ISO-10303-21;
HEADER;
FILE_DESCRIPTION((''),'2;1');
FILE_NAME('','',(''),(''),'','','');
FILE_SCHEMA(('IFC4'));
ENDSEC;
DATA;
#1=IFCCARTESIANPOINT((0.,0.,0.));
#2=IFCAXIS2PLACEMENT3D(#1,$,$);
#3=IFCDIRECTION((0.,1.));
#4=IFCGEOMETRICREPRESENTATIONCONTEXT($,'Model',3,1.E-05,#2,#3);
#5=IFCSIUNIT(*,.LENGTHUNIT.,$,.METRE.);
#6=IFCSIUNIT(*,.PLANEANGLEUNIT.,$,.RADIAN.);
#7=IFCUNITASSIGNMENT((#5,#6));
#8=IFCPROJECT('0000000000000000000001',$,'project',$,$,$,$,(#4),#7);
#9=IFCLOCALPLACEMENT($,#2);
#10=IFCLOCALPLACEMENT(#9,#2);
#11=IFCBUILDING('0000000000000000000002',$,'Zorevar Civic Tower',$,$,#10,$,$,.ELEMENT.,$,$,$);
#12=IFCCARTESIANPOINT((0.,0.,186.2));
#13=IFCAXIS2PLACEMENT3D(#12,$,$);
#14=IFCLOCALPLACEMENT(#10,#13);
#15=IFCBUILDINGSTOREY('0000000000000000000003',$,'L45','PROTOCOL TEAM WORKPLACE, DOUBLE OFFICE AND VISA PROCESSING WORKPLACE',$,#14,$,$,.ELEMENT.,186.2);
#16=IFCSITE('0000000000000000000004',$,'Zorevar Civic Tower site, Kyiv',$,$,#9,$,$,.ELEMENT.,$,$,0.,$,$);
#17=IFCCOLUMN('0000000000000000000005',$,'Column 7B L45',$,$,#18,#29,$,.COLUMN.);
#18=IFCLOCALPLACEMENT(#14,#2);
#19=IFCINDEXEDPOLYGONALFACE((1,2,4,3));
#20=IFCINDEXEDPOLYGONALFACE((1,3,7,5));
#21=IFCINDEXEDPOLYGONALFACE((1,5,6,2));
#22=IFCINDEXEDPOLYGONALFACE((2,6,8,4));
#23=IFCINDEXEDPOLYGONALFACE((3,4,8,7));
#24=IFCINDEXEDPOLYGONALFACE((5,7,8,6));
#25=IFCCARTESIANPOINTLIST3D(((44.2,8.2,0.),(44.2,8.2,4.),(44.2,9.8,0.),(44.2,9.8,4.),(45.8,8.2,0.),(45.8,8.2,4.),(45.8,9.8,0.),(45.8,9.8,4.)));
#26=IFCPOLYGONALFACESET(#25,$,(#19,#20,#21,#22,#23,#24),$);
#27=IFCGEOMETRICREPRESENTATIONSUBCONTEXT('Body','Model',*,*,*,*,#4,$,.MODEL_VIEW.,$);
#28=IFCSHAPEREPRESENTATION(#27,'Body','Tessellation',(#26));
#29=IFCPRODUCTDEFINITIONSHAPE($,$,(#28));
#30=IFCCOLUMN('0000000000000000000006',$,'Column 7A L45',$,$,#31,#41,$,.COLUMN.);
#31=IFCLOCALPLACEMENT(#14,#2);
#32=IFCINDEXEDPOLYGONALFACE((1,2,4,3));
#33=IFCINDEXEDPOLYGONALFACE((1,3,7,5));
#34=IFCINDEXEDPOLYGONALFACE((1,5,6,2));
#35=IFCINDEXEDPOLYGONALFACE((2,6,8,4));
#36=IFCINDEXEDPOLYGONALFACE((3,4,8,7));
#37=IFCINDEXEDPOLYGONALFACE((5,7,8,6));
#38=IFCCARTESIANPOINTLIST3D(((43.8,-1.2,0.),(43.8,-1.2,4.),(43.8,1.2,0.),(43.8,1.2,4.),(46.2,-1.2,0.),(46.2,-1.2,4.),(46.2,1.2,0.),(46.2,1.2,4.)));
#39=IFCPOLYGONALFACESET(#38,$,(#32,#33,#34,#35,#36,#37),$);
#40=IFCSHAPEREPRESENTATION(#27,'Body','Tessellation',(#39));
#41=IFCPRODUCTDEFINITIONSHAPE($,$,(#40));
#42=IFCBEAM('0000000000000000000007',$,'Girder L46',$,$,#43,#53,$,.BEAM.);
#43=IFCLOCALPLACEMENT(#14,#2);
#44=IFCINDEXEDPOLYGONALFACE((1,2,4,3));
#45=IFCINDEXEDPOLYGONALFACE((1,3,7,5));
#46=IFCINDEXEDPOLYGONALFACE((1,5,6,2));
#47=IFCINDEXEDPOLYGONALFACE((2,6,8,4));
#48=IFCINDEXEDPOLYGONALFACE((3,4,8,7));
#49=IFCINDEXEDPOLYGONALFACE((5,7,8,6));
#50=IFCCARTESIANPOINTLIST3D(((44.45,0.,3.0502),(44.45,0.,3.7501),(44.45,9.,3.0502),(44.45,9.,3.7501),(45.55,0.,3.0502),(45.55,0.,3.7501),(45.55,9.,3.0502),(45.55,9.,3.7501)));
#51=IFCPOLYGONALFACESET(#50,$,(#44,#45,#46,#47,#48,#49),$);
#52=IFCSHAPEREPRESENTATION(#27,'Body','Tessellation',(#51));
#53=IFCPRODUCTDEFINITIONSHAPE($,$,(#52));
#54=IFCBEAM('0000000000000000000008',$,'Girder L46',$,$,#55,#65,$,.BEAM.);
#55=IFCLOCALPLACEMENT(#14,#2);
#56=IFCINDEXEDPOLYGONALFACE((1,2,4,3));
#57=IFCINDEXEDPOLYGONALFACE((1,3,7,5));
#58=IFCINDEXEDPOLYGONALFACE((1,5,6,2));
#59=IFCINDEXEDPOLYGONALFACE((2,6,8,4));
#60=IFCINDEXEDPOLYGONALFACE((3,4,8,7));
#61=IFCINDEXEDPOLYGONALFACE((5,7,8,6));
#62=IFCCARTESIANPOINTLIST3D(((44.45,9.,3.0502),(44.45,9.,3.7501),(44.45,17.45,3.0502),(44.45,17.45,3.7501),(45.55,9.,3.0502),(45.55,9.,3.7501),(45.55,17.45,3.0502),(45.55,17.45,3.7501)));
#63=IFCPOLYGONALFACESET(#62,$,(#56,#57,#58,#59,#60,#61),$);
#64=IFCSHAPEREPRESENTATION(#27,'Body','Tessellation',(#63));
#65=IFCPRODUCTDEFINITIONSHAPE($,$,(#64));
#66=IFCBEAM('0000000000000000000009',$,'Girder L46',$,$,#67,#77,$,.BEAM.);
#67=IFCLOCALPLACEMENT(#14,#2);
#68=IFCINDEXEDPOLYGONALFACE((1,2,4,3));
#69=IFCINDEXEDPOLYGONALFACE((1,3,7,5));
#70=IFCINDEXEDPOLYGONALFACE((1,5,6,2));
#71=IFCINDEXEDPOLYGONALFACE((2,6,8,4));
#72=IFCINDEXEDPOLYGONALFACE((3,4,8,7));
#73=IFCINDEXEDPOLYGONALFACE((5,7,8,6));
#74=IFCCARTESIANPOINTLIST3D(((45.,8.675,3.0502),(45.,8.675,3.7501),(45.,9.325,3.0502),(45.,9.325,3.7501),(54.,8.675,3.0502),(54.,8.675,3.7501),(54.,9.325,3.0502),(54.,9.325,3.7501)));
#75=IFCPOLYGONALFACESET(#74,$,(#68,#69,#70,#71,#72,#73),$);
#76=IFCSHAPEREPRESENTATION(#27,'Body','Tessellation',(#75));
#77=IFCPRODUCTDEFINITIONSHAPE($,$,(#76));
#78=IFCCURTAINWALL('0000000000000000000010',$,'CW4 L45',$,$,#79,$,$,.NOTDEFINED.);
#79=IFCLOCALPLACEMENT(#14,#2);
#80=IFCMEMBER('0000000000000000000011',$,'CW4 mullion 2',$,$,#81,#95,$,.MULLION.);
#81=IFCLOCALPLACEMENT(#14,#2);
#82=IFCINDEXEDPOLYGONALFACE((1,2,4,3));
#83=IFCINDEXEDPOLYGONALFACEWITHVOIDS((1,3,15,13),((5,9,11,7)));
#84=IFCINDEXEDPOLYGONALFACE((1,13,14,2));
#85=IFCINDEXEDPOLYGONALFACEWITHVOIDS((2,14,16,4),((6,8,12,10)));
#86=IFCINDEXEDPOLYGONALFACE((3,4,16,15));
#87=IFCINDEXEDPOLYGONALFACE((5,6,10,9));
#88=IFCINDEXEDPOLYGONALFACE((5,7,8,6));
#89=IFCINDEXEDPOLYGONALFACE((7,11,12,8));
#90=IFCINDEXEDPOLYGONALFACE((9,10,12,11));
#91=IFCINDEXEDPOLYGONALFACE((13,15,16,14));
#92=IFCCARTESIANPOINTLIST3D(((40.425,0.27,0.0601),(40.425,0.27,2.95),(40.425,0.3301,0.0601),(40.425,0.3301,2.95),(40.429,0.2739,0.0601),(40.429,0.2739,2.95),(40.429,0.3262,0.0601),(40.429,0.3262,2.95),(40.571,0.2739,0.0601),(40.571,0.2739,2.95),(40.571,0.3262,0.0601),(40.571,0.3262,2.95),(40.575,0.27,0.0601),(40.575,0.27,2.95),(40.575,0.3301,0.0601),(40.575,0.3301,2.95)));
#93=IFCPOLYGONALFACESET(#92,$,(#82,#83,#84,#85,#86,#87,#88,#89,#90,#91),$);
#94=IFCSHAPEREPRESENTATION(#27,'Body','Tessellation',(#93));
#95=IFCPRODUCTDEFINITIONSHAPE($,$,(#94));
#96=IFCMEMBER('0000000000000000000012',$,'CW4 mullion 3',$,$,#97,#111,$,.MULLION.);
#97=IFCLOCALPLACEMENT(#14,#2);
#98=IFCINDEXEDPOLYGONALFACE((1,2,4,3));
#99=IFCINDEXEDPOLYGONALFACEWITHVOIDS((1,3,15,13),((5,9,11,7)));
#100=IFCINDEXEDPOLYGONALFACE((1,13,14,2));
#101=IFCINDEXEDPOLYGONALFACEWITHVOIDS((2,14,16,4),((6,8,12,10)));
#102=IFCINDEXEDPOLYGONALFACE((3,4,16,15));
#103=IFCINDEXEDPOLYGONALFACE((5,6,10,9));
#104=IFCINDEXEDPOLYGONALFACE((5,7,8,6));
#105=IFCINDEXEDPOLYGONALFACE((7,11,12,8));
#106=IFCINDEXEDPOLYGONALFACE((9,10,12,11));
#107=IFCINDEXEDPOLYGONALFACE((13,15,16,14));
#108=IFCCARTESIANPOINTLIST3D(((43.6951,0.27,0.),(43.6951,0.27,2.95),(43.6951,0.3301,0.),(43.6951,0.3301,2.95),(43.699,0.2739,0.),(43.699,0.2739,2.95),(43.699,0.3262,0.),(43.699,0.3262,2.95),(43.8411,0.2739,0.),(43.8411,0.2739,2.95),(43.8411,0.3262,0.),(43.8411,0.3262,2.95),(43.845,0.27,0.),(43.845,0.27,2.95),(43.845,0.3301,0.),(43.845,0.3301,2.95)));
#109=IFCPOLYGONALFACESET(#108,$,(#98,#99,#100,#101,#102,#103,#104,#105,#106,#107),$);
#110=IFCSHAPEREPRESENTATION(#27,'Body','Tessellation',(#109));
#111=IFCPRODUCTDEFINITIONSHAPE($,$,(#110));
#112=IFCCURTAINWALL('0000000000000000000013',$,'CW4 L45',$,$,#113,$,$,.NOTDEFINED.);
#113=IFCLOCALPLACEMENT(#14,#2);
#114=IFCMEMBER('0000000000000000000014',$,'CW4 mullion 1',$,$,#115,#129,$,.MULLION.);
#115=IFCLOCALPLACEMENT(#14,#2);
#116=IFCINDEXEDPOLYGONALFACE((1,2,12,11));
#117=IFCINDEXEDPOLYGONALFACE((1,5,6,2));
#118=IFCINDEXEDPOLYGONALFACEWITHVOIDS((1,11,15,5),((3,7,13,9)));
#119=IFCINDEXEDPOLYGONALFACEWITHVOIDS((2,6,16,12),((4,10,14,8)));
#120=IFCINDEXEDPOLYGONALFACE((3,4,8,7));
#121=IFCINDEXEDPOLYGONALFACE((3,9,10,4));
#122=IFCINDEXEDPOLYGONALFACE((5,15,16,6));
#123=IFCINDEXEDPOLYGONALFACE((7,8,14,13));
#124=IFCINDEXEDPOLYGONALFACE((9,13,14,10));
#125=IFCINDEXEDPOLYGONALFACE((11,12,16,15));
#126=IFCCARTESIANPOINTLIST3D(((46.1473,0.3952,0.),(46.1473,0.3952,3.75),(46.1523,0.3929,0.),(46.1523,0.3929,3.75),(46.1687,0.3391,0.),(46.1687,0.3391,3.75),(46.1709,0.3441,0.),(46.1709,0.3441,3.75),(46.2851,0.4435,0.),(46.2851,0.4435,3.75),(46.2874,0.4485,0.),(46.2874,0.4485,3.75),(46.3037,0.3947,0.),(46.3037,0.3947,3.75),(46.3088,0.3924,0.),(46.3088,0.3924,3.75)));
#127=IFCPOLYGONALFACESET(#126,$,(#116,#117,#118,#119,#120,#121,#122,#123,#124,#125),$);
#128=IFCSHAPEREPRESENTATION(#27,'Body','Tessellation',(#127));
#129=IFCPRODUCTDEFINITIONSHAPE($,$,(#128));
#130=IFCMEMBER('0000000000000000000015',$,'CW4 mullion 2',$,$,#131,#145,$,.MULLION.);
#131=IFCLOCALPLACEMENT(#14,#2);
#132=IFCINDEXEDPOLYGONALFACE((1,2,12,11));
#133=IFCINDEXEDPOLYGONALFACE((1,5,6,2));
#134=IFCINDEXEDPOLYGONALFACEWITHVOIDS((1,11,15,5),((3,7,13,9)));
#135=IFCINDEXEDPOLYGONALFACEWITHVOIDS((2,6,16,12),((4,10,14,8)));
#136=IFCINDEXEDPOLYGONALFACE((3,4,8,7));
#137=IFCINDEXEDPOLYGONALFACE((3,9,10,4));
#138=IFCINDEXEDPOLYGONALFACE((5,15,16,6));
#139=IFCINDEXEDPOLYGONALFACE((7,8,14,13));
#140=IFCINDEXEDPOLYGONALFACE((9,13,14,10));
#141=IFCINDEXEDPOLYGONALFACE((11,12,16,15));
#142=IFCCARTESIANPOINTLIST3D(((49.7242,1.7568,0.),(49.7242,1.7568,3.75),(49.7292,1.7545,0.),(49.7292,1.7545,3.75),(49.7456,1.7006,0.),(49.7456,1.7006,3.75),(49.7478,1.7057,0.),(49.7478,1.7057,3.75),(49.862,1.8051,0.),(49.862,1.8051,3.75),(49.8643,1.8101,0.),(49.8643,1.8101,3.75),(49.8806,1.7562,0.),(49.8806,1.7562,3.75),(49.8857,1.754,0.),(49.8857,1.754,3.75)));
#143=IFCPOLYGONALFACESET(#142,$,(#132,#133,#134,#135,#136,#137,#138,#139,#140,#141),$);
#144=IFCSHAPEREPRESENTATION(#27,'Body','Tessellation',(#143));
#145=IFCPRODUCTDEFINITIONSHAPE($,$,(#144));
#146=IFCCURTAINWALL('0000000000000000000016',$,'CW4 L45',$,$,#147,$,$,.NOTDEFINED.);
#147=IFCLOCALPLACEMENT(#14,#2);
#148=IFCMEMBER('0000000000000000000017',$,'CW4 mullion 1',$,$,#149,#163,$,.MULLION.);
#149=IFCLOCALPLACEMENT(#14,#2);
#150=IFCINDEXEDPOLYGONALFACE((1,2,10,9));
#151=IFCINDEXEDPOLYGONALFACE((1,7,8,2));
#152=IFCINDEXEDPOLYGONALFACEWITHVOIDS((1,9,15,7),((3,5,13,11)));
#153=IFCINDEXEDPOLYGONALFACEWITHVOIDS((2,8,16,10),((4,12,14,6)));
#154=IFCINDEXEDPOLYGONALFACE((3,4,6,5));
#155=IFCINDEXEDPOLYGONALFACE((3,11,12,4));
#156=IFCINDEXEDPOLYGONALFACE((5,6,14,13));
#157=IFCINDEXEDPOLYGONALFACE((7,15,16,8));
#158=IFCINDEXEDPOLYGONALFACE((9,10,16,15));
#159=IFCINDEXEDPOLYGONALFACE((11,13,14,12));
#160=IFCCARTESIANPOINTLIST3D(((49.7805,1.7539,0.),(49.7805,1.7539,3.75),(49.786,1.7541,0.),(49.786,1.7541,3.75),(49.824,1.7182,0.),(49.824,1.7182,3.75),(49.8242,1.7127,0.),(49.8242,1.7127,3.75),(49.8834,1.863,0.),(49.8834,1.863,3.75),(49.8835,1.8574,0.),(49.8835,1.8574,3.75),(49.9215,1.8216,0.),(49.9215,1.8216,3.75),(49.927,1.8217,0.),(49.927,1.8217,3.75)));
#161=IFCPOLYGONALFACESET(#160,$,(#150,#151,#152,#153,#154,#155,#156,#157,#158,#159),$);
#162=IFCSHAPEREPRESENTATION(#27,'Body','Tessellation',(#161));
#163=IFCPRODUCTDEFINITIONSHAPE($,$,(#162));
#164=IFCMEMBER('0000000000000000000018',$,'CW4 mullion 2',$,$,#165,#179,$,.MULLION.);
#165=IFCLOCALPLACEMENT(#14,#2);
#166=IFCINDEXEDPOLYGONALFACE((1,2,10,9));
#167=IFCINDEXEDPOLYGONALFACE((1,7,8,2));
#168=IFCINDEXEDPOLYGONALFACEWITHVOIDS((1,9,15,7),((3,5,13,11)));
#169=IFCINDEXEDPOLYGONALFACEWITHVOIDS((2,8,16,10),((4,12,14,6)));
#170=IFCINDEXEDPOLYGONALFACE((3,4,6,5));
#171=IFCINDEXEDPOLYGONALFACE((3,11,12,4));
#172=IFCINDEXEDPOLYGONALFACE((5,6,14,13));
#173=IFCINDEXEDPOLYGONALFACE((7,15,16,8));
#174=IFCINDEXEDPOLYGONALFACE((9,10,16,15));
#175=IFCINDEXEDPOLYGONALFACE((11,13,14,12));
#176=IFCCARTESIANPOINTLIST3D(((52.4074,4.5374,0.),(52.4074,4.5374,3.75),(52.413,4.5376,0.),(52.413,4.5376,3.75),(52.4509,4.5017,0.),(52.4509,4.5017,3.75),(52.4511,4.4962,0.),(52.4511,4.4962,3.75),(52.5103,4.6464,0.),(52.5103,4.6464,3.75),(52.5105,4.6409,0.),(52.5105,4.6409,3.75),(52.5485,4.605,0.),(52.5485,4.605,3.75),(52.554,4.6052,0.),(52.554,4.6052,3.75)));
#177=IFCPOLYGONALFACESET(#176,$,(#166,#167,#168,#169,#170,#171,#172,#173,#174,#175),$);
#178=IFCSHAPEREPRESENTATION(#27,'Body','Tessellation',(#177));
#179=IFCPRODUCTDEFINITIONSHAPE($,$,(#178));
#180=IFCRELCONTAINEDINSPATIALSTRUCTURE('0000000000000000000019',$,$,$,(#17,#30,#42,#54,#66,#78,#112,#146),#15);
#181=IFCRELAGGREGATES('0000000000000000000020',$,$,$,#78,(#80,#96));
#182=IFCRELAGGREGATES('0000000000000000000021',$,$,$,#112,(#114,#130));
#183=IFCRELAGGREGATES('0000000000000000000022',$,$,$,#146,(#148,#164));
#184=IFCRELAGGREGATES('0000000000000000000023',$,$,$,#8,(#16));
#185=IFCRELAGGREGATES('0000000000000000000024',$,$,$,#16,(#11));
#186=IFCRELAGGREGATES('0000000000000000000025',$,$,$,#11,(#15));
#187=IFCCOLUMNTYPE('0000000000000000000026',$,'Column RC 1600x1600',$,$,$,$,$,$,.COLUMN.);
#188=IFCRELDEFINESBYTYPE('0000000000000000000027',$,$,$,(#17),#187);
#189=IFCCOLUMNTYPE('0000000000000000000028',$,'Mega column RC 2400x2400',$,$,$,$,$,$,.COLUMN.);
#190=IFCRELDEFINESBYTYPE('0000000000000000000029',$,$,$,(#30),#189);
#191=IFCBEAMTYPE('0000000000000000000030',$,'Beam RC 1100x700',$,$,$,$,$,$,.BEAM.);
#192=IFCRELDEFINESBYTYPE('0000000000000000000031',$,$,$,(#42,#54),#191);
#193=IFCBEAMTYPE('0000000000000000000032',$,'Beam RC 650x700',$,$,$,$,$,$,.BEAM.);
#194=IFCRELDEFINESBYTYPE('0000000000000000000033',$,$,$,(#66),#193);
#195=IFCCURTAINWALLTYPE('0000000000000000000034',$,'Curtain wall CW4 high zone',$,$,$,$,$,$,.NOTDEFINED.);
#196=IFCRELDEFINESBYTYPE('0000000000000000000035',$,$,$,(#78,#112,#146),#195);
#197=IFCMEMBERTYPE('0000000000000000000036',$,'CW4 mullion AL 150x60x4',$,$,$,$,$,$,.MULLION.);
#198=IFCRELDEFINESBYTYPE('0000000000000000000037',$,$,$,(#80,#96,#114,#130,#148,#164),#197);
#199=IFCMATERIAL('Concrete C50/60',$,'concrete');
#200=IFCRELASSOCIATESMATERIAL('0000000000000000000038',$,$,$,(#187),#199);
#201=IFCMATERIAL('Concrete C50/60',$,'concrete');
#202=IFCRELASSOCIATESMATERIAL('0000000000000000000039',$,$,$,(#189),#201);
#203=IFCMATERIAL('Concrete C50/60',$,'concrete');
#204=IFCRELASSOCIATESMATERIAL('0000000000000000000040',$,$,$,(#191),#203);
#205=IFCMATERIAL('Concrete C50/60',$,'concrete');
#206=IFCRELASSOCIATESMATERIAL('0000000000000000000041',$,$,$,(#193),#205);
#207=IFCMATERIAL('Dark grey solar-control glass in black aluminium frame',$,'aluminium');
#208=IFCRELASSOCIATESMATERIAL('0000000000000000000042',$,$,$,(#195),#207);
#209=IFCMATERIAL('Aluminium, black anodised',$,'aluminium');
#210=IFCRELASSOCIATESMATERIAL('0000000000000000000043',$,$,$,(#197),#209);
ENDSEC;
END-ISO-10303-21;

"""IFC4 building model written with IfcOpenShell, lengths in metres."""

from ifc_helpers import new_model, si_unit, direction, frame, origin, origin_2d, place, context, subcontext, project, spatial, rectangle, hollow_rectangle, extrude, material, material_profile, profile_set, type_object, element, aggregate, save


model = new_model("IFC4")

# Units and contexts
model_context = context("Model", 3, precision=1e-05, world=origin(), true_north=direction((0.0, 1.0)))
body_context = subcontext(model_context, "Body", "Model", "MODEL_VIEW")
ifc_project = project(units=[si_unit("LENGTHUNIT", "METRE"), si_unit("PLANEANGLEUNIT", "RADIAN")], contexts=[model_context])

# Site, building, storey
site_placement = place(None, origin())
site = spatial("IfcSite", under=ifc_project, at=site_placement, Name="Zorevar Civic Tower site, Kyiv", CompositionType="ELEMENT", RefElevation=0.0)
building_placement = place(site_placement, origin())
building = spatial("IfcBuilding", under=site, at=building_placement, Name="Zorevar Civic Tower", CompositionType="ELEMENT")
storey_placement = place(building_placement, frame((0.0, 0.0, 186.2)))
storey = spatial("IfcBuildingStorey", under=building, at=storey_placement, Name="L45", Description="PROTOCOL TEAM WORKPLACE, DOUBLE OFFICE AND VISA PROCESSING WORKPLACE", CompositionType="ELEMENT", Elevation=186.2)

# Columns
ifc_material_1 = material(Name="Concrete C50/60", Category="concrete")
ifc_material_profile_1 = material_profile(ifc_material_1, rectangle(XDim=1.6001, YDim=1.6001, at=origin_2d()), Name="RC 1600x1600")
ifc_profile_set_1 = profile_set([ifc_material_profile_1], Name="Concrete C50/60")
column_type_1 = type_object("IfcColumnType", Name="Column RC 1600x1600", PredefinedType="COLUMN", material=ifc_profile_set_1)
column_1_placement = place(storey_placement, frame((45.0, 9.0, 0.0), z_axis=(0.0, 0.0, 1.0), x_axis=(1.0, 0.0, 0.0)))
element("IfcColumn", 1, at=column_1_placement, inside=storey, type_object=column_type_1, Name="Column 7B L45", PredefinedType="COLUMN", context=body_context, shape_type="SweptSolid", body=[
    extrude(rectangle(XDim=1.6001, YDim=1.6001, at=origin_2d()), origin(), (0.0, 0.0, 1.0), 4.0),
])
ifc_material_2 = material(Name="Concrete C50/60", Category="concrete")
ifc_material_profile_2 = material_profile(ifc_material_2, rectangle(XDim=2.3999, YDim=2.3999, at=origin_2d()), Name="RC 2400x2400")
ifc_profile_set_2 = profile_set([ifc_material_profile_2], Name="Concrete C50/60")
column_type_2 = type_object("IfcColumnType", Name="Mega column RC 2400x2400", PredefinedType="COLUMN", material=ifc_profile_set_2)
column_2_placement = place(storey_placement, frame((45.0, 0.0, 0.0), z_axis=(0.0, 0.0, 1.0), x_axis=(1.0, 0.0, 0.0)))
element("IfcColumn", 2, at=column_2_placement, inside=storey, type_object=column_type_2, Name="Column 7A L45", PredefinedType="COLUMN", context=body_context, shape_type="SweptSolid", body=[
    extrude(rectangle(XDim=2.3999, YDim=2.3999, at=origin_2d()), origin(), (0.0, 0.0, 1.0), 4.0),
])

# Beams
ifc_material_3 = material(Name="Concrete C50/60", Category="concrete")
ifc_material_profile_3 = material_profile(ifc_material_3, rectangle(XDim=1.1001, YDim=0.7, at=origin_2d()), Name="RC 1100x700")
ifc_profile_set_3 = profile_set([ifc_material_profile_3], Name="Concrete C50/60")
beam_type_1 = type_object("IfcBeamType", Name="Beam RC 1100x700", PredefinedType="BEAM", material=ifc_profile_set_3)
beam_1_placement = place(storey_placement, frame((45.0, 0.0, 3.4001), z_axis=(0.0, 1.0, 0.0), x_axis=(-1.0, 0.0, 0.0)))
element("IfcBeam", 3, at=beam_1_placement, inside=storey, type_object=beam_type_1, Name="Girder L46", PredefinedType="BEAM", context=body_context, shape_type="SweptSolid", body=[
    extrude(rectangle(XDim=1.1001, YDim=0.7, at=origin_2d()), origin(), (0.0, 0.0, 1.0), 9.0),
])
beam_2_placement = place(storey_placement, frame((45.0, 9.0, 3.4001), z_axis=(0.0, 1.0, 0.0), x_axis=(-1.0, 0.0, 0.0)))
element("IfcBeam", 4, at=beam_2_placement, inside=storey, type_object=beam_type_1, Name="Girder L46", PredefinedType="BEAM", context=body_context, shape_type="SweptSolid", body=[
    extrude(rectangle(XDim=1.1001, YDim=0.7, at=origin_2d()), origin(), (0.0, 0.0, 1.0), 8.45),
])
ifc_material_4 = material(Name="Concrete C50/60", Category="concrete")
ifc_material_profile_4 = material_profile(ifc_material_4, rectangle(XDim=0.6499, YDim=0.7, at=origin_2d()), Name="RC 650x700")
ifc_profile_set_4 = profile_set([ifc_material_profile_4], Name="Concrete C50/60")
beam_type_2 = type_object("IfcBeamType", Name="Beam RC 650x700", PredefinedType="BEAM", material=ifc_profile_set_4)
beam_3_placement = place(storey_placement, frame((45.0, 9.0, 3.4001), z_axis=(1.0, 0.0, 0.0), x_axis=(0.0, 1.0, 0.0)))
element("IfcBeam", 5, at=beam_3_placement, inside=storey, type_object=beam_type_2, Name="Girder L46", PredefinedType="BEAM", context=body_context, shape_type="SweptSolid", body=[
    extrude(rectangle(XDim=0.6499, YDim=0.7, at=origin_2d()), origin(), (0.0, 0.0, 1.0), 9.0),
])

# Curtain walls, members
ifc_material_5 = material(Name="Dark grey solar-control glass in black aluminium frame", Category="aluminium")
curtain_wall_type = type_object("IfcCurtainWallType", Name="Curtain wall CW4 high zone", PredefinedType="NOTDEFINED", material=ifc_material_5)
curtain_wall_1_placement = place(storey_placement, origin())
curtain_wall_1 = element("IfcCurtainWall", 6, at=curtain_wall_1_placement, inside=storey, type_object=curtain_wall_type, Name="CW4 L45", PredefinedType="NOTDEFINED")
ifc_material_6 = material(Name="Aluminium, black anodised", Category="aluminium")
ifc_material_profile_5 = material_profile(ifc_material_6, hollow_rectangle(XDim=0.0601, YDim=0.1499, WallThickness=0.0039, at=origin_2d()), Name="AL 150x60x4")
ifc_profile_set_5 = profile_set([ifc_material_profile_5], Name="Aluminium, black anodised")
member_type_1 = type_object("IfcMemberType", Name="CW4 mullion AL 150x60x4", PredefinedType="MULLION", material=ifc_profile_set_5)
member_1_placement = place(storey_placement, frame((40.5, 0.3, 0.0601), z_axis=(0.0, 0.0, 1.0), x_axis=(0.0, 1.0, 0.0)))
member_1 = element("IfcMember", 7, at=member_1_placement, type_object=member_type_1, Name="CW4 mullion 2", PredefinedType="MULLION", context=body_context, shape_type="SweptSolid", body=[
    extrude(hollow_rectangle(XDim=0.0601, YDim=0.1499, WallThickness=0.0039, at=origin_2d()), origin(), (0.0, 0.0, 1.0), 2.8899),
])
member_2_placement = place(storey_placement, frame((43.77, 0.3, 0.0), z_axis=(0.0, 0.0, 1.0), x_axis=(0.0, 1.0, 0.0)))
member_2 = element("IfcMember", 8, at=member_2_placement, type_object=member_type_1, Name="CW4 mullion 3", PredefinedType="MULLION", context=body_context, shape_type="SweptSolid", body=[
    extrude(hollow_rectangle(XDim=0.0601, YDim=0.1499, WallThickness=0.0039, at=origin_2d()), origin(), (0.0, 0.0, 1.0), 2.95),
])
curtain_wall_2_placement = place(storey_placement, origin())
curtain_wall_2 = element("IfcCurtainWall", 9, at=curtain_wall_2_placement, inside=storey, type_object=curtain_wall_type, Name="CW4 L45", PredefinedType="NOTDEFINED")
member_3_placement = place(storey_placement, frame((46.228, 0.3938, 0.0), z_axis=(0.0, 0.0, 1.0), x_axis=(-0.355731, 0.934588, 0.0)))
member_3 = element("IfcMember", 10, at=member_3_placement, type_object=member_type_1, Name="CW4 mullion 1", PredefinedType="MULLION", context=body_context, shape_type="SweptSolid", body=[
    extrude(hollow_rectangle(XDim=0.0601, YDim=0.1499, WallThickness=0.0039, at=origin_2d()), origin(), (0.0, 0.0, 1.0), 3.75),
])
member_4_placement = place(storey_placement, frame((49.8049, 1.7554, 0.0), z_axis=(0.0, 0.0, 1.0), x_axis=(-0.355731, 0.934588, 0.0)))
member_4 = element("IfcMember", 11, at=member_4_placement, type_object=member_type_1, Name="CW4 mullion 2", PredefinedType="MULLION", context=body_context, shape_type="SweptSolid", body=[
    extrude(hollow_rectangle(XDim=0.0601, YDim=0.1499, WallThickness=0.0039, at=origin_2d()), origin(), (0.0, 0.0, 1.0), 3.75),
])
curtain_wall_3_placement = place(storey_placement, origin())
curtain_wall_3 = element("IfcCurtainWall", 12, at=curtain_wall_3_placement, inside=storey, type_object=curtain_wall_type, Name="CW4 L45", PredefinedType="NOTDEFINED")
member_5_placement = place(storey_placement, frame((49.8538, 1.7878, 0.0), z_axis=(0.0, 0.0, 1.0), x_axis=(-0.727245, 0.686378, 0.0)))
member_5 = element("IfcMember", 13, at=member_5_placement, type_object=member_type_1, Name="CW4 mullion 1", PredefinedType="MULLION", context=body_context, shape_type="SweptSolid", body=[
    extrude(hollow_rectangle(XDim=0.0601, YDim=0.1499, WallThickness=0.0039, at=origin_2d()), origin(), (0.0, 0.0, 1.0), 3.75),
])
member_6_placement = place(storey_placement, frame((52.4807, 4.5713, 0.0), z_axis=(0.0, 0.0, 1.0), x_axis=(-0.727245, 0.686378, 0.0)))
member_6 = element("IfcMember", 14, at=member_6_placement, type_object=member_type_1, Name="CW4 mullion 2", PredefinedType="MULLION", context=body_context, shape_type="SweptSolid", body=[
    extrude(hollow_rectangle(XDim=0.0601, YDim=0.1499, WallThickness=0.0039, at=origin_2d()), origin(), (0.0, 0.0, 1.0), 3.75),
])

aggregate(curtain_wall_1, [member_1, member_2])
aggregate(curtain_wall_2, [member_3, member_4])
aggregate(curtain_wall_3, [member_5, member_6])

save(model, "model.ifc")
